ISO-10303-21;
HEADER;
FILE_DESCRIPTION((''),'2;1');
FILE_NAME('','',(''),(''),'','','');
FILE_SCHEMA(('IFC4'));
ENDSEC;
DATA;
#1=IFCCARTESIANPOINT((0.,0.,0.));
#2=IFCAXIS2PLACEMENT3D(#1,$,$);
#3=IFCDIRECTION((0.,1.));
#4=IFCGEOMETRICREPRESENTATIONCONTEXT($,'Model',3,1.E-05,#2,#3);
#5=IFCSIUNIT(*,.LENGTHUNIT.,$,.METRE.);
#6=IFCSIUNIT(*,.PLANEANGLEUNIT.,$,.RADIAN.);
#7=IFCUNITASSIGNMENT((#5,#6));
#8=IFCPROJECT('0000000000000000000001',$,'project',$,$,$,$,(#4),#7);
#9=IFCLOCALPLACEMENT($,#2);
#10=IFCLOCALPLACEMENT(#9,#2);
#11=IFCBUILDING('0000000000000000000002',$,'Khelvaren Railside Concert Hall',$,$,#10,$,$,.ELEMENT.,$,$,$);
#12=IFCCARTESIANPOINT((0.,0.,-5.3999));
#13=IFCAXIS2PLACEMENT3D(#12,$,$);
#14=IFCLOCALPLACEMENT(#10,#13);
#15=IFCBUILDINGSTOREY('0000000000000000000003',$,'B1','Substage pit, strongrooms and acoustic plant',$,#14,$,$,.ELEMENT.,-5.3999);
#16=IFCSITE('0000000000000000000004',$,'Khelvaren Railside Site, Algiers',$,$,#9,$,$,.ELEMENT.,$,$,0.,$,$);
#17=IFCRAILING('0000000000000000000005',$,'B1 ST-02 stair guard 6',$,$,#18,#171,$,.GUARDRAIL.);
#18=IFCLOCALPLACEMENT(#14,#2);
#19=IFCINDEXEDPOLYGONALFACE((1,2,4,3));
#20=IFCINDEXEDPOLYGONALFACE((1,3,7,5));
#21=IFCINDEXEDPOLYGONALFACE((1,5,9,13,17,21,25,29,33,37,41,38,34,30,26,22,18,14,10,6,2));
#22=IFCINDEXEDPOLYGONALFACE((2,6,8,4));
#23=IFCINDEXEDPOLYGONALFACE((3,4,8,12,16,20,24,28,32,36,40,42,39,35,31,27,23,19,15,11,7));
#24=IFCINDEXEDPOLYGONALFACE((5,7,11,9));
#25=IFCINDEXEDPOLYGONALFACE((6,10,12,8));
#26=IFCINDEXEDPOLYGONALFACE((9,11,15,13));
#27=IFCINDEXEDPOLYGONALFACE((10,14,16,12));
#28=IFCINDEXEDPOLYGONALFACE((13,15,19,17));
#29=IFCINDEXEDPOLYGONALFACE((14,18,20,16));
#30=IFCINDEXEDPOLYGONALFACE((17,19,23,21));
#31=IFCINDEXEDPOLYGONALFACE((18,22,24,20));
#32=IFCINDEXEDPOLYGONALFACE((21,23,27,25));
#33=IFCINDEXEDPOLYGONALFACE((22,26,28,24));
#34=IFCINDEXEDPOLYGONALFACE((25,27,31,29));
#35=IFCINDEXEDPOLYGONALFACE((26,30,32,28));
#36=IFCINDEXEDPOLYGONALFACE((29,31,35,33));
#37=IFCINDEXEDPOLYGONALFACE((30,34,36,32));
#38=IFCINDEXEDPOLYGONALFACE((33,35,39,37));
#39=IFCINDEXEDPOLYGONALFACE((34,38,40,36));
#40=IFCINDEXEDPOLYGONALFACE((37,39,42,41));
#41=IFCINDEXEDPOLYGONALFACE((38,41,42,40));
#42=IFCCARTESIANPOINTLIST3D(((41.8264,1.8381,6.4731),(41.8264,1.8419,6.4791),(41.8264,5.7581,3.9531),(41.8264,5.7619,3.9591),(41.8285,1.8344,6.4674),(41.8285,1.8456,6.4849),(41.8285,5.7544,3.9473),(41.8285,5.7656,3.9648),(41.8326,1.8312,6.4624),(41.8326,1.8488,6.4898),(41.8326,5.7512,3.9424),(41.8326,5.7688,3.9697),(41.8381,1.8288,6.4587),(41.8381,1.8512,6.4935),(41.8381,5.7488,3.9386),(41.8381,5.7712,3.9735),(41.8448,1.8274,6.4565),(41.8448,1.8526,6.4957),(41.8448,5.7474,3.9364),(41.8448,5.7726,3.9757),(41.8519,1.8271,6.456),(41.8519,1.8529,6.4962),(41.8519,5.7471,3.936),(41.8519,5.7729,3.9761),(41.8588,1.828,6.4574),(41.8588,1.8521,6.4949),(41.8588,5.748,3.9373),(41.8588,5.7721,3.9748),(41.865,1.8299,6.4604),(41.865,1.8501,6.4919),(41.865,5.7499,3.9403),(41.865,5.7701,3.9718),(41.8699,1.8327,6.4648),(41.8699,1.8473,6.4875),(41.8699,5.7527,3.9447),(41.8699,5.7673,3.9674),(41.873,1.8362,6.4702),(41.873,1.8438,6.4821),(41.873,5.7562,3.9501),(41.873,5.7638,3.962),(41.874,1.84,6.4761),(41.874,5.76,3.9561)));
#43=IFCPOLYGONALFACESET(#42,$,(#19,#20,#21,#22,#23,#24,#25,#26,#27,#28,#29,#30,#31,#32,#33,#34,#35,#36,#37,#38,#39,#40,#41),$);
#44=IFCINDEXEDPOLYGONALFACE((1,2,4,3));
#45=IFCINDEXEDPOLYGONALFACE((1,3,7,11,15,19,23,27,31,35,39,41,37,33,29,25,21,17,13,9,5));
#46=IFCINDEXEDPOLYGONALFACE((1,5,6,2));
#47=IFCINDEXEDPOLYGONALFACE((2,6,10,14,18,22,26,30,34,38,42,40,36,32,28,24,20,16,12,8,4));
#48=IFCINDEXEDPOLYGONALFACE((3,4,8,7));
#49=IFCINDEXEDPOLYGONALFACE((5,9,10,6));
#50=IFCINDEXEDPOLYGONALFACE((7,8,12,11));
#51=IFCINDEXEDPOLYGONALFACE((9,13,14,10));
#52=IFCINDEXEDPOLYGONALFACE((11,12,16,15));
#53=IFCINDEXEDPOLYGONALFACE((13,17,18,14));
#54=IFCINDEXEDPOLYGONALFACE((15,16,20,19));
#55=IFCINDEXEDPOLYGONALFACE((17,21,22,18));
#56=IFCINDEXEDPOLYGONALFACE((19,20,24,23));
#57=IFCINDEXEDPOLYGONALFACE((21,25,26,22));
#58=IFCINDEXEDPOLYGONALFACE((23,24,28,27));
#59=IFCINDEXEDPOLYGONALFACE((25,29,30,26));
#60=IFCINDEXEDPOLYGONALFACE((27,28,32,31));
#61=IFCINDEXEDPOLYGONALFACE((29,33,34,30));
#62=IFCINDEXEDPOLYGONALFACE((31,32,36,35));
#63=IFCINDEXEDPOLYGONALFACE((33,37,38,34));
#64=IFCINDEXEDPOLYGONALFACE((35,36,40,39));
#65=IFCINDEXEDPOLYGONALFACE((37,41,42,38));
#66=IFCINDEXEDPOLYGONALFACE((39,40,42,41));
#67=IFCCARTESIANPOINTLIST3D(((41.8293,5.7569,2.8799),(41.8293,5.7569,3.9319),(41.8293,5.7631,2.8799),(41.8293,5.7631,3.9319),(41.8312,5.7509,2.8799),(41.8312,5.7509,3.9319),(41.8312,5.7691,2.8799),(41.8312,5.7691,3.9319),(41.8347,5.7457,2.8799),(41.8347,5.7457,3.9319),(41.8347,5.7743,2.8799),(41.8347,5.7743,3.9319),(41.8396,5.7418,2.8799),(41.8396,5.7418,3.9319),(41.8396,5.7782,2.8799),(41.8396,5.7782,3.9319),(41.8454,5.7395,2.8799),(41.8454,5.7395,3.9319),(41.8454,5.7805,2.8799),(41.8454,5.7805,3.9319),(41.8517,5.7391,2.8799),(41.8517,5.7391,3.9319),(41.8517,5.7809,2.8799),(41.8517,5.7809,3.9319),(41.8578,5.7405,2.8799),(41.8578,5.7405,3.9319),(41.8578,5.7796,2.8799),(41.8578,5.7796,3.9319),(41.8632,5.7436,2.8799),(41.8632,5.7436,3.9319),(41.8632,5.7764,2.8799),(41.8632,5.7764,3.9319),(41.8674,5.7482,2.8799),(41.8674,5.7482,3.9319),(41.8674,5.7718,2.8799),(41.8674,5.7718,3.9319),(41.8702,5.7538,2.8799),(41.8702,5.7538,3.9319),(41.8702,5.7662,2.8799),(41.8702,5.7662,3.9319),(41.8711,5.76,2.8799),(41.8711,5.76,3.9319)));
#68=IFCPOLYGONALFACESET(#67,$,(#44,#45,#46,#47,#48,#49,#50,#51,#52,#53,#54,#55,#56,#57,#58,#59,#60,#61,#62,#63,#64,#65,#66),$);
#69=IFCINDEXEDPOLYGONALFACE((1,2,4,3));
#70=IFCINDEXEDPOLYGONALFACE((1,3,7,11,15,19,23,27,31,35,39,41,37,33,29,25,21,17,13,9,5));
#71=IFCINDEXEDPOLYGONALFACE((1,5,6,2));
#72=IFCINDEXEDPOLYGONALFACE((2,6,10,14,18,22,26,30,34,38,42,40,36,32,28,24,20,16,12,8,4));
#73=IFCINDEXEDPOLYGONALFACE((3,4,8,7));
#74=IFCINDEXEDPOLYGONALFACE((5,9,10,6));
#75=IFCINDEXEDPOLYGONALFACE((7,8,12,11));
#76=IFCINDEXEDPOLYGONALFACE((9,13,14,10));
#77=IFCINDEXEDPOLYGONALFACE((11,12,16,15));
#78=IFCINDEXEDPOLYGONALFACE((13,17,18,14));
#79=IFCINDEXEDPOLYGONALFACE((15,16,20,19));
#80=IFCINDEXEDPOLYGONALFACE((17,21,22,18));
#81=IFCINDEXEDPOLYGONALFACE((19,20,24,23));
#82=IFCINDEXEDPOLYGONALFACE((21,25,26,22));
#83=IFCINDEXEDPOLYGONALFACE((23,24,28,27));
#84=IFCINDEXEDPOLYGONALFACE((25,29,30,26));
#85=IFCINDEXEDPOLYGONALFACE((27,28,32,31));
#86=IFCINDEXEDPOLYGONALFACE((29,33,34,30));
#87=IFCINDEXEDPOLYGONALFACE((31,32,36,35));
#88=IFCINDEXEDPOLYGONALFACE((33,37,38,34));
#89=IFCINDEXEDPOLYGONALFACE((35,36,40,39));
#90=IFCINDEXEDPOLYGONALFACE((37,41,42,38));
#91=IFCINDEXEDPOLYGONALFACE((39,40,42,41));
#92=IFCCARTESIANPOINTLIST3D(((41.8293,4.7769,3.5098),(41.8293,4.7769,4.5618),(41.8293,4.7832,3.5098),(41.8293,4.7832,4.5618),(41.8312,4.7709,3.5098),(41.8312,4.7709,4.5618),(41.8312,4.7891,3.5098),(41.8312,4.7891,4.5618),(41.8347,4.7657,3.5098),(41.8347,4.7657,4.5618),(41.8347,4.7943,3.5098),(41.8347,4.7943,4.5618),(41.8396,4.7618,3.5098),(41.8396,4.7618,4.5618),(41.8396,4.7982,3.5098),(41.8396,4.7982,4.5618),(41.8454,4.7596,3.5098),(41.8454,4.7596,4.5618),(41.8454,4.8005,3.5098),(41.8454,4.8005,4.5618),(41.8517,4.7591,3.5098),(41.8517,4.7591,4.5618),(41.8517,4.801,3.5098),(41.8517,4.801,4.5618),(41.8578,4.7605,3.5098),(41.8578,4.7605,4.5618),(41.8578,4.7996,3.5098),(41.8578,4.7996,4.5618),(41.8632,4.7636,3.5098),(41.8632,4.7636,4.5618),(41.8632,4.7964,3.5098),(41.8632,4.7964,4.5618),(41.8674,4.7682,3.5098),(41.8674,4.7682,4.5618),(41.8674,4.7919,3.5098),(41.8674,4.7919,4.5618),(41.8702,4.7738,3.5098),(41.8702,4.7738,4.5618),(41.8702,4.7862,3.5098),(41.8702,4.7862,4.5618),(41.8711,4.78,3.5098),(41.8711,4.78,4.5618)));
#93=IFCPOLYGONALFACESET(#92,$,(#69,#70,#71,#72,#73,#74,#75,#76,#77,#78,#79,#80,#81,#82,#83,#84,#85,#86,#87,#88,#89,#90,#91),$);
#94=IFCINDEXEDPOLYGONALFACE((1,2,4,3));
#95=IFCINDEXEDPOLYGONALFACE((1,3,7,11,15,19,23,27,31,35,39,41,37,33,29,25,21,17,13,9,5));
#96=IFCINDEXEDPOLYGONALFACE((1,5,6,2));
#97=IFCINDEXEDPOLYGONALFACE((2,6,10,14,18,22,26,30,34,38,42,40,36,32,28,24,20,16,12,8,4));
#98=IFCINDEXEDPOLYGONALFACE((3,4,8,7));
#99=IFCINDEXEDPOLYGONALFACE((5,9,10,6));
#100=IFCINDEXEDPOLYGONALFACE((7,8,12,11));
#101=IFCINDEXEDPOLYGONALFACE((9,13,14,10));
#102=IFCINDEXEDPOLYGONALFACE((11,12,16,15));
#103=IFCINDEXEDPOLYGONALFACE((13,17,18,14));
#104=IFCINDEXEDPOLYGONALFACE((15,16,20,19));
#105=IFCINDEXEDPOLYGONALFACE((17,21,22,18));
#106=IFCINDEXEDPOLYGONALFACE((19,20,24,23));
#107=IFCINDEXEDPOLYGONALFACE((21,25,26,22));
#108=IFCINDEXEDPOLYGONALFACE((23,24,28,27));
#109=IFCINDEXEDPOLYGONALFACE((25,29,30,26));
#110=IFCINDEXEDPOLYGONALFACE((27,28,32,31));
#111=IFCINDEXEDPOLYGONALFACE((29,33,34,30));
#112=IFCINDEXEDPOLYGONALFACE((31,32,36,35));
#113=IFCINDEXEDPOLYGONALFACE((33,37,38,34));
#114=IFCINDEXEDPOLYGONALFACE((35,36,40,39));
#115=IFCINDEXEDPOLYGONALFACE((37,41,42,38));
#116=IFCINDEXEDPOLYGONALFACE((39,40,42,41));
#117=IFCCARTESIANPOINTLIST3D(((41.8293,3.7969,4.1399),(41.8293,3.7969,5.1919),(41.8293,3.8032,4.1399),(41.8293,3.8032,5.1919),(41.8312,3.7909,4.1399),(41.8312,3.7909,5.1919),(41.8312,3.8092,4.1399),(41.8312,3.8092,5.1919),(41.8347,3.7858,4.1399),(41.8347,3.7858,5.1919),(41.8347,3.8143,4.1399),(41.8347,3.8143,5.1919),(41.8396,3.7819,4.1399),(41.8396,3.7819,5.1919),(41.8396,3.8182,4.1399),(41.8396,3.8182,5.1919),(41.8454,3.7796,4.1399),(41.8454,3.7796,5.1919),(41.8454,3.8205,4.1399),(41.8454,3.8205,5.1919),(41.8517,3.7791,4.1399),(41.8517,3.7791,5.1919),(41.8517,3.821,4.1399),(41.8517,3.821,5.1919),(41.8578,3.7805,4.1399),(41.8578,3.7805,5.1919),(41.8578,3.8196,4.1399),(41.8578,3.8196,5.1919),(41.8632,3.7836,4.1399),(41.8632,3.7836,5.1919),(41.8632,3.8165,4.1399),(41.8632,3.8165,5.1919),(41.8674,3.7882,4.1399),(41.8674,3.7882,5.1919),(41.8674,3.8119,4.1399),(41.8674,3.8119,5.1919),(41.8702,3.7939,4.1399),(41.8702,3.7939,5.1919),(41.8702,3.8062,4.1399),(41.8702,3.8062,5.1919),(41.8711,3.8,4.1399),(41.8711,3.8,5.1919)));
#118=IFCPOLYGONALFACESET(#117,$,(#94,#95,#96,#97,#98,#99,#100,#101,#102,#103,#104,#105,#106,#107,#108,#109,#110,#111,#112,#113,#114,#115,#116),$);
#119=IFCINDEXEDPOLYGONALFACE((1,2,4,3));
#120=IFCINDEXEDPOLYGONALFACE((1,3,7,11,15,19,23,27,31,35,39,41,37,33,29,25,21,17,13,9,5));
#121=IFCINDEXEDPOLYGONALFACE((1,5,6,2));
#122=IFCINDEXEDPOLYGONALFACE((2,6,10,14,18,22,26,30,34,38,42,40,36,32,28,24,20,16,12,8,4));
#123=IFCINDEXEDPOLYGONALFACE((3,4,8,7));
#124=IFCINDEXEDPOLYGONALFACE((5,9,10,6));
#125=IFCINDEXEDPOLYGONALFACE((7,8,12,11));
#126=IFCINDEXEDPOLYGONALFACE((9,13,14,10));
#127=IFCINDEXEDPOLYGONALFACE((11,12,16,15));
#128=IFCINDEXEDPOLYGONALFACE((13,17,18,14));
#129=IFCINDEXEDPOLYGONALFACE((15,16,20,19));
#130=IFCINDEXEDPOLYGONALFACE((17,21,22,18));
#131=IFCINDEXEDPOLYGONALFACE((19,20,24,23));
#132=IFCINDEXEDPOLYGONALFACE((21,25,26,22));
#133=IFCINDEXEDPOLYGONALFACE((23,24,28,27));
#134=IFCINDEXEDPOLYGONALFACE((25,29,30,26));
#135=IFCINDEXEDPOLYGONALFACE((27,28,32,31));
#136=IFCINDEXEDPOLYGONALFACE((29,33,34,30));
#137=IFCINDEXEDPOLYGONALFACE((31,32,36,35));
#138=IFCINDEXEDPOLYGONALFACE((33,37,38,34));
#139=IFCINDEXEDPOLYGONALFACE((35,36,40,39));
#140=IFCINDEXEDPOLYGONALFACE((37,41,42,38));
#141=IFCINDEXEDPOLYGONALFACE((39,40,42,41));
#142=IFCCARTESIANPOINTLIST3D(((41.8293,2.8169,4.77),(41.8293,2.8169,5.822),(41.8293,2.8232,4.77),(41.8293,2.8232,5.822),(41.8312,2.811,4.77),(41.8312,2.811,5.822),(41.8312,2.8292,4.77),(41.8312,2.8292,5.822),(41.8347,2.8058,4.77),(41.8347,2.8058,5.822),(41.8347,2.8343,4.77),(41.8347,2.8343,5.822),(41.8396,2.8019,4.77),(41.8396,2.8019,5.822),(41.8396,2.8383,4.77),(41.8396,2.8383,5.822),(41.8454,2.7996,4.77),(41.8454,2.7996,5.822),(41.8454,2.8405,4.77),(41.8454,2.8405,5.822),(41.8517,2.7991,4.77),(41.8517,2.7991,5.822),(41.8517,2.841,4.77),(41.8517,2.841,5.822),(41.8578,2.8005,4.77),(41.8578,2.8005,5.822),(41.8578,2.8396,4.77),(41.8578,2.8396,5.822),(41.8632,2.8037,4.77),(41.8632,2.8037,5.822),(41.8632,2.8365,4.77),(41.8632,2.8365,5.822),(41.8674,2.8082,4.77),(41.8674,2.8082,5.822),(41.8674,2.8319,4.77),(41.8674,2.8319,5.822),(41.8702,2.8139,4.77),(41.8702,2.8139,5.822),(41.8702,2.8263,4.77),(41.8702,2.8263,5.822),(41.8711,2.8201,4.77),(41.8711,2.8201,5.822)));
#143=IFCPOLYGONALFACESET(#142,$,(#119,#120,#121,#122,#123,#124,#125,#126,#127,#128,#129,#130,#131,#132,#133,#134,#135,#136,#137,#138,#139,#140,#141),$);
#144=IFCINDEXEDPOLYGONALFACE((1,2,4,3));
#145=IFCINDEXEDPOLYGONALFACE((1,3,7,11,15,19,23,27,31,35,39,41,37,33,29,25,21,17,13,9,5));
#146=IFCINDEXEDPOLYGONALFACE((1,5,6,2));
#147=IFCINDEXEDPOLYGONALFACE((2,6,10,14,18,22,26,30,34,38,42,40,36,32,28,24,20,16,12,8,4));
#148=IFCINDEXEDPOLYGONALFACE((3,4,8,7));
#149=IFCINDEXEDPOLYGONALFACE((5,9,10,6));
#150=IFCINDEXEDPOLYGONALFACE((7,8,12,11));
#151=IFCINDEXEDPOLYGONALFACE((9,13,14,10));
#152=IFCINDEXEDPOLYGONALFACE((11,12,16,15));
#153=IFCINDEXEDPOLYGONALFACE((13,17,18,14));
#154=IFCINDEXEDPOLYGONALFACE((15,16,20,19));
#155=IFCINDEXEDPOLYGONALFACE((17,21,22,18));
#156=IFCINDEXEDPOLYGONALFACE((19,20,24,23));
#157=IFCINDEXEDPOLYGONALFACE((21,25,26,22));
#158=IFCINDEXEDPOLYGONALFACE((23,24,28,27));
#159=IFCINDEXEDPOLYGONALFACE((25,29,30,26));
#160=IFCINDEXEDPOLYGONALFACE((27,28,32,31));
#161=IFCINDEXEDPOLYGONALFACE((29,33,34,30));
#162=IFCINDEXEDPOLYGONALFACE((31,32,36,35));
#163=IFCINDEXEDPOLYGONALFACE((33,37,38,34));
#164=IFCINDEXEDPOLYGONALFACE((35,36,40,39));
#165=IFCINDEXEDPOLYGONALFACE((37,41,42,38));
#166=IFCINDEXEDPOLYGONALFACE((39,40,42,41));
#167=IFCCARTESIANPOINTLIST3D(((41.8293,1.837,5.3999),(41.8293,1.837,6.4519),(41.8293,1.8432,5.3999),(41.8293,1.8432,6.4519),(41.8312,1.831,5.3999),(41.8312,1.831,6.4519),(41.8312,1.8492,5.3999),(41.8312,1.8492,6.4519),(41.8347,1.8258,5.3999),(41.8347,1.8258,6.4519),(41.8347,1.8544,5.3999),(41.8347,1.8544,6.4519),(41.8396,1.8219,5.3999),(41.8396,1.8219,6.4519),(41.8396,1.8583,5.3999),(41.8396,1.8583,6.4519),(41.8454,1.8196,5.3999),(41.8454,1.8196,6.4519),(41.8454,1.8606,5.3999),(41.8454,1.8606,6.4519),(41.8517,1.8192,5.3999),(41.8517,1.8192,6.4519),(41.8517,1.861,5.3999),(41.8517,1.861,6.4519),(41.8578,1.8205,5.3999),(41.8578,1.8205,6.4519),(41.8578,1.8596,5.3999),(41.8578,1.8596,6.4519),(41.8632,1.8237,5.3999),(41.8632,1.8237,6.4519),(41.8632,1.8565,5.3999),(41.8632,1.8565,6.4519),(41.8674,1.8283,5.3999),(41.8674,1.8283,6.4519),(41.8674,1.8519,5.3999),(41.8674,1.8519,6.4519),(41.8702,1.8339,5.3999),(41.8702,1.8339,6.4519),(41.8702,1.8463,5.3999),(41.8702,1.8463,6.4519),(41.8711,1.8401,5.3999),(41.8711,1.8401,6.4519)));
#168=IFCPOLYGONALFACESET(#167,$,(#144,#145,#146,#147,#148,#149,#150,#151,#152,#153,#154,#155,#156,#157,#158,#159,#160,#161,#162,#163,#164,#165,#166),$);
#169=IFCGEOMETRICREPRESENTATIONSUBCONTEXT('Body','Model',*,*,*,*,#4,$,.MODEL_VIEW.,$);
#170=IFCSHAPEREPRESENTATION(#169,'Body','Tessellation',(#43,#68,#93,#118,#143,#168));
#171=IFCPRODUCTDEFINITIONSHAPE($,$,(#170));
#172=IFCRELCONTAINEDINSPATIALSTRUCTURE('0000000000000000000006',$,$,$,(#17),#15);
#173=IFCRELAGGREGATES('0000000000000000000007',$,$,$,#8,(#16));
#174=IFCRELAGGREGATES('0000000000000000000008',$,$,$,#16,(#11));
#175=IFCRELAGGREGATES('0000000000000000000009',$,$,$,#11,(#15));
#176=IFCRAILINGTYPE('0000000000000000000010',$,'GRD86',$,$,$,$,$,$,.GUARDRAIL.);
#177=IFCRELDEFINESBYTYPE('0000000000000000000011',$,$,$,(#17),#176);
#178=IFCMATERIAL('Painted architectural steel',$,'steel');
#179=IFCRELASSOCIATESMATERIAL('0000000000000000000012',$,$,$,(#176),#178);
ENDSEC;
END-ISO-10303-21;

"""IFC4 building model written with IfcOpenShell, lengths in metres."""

from ifc_helpers import new_model, si_unit, direction, frame, origin, origin_2d, place, context, subcontext, project, spatial, circle, extrude, material, type_object, element, save


model = new_model("IFC4")

# Units and contexts
model_context = context("Model", 3, precision=1e-05, world=origin(), true_north=direction((0.0, 1.0)))
body_context = subcontext(model_context, "Body", "Model", "MODEL_VIEW")
ifc_project = project(units=[si_unit("LENGTHUNIT", "METRE"), si_unit("PLANEANGLEUNIT", "RADIAN")], contexts=[model_context])

# Site, building, storey
site_placement = place(None, origin())
site = spatial("IfcSite", under=ifc_project, at=site_placement, Name="Khelvaren Railside Site, Algiers", CompositionType="ELEMENT", RefElevation=0.0)
building_placement = place(site_placement, origin())
building = spatial("IfcBuilding", under=site, at=building_placement, Name="Khelvaren Railside Concert Hall", CompositionType="ELEMENT")
storey_placement = place(building_placement, frame((0.0, 0.0, -5.3999)))
storey = spatial("IfcBuildingStorey", under=building, at=storey_placement, Name="B1", Description="Substage pit, strongrooms and acoustic plant", CompositionType="ELEMENT", Elevation=-5.3999)

# Railing
ifc_material_1 = material(Name="Painted architectural steel", Category="steel")
railing_type_1 = type_object("IfcRailingType", Name="GRD86", PredefinedType="GUARDRAIL", material=ifc_material_1)
railing_1_placement = place(storey_placement, frame((41.8501, 5.76, 2.8799)))
element("IfcRailing", 1, at=railing_1_placement, inside=storey, type_object=railing_type_1, Name="B1 ST-02 stair guard 6", PredefinedType="GUARDRAIL", context=body_context, shape_type="SweptSolid", body=[
    extrude(circle(Radius=0.0239, at=origin_2d()), frame((0.0, 0.0, 1.0762), z_axis=(0.0, -0.841172, 0.540768), x_axis=(1.0, 0.0, 0.0)), (0.0, 0.0, 1.0), 4.6602),
    extrude(circle(Radius=0.021, at=origin_2d()), origin(), (0.0, 0.0, 1.0), 1.052),
    extrude(circle(Radius=0.021, at=origin_2d()), frame((0.0, -0.98, 0.6299)), (0.0, 0.0, 1.0), 1.052),
    extrude(circle(Radius=0.021, at=origin_2d()), frame((0.0, -1.96, 1.26)), (0.0, 0.0, 1.0), 1.052),
    extrude(circle(Radius=0.021, at=origin_2d()), frame((0.0, -2.9399, 1.8901)), (0.0, 0.0, 1.0), 1.052),
    extrude(circle(Radius=0.021, at=origin_2d()), frame((0.0, -3.9199, 2.52)), (0.0, 0.0, 1.0), 1.052),
])

save(model, "model.ifc")
